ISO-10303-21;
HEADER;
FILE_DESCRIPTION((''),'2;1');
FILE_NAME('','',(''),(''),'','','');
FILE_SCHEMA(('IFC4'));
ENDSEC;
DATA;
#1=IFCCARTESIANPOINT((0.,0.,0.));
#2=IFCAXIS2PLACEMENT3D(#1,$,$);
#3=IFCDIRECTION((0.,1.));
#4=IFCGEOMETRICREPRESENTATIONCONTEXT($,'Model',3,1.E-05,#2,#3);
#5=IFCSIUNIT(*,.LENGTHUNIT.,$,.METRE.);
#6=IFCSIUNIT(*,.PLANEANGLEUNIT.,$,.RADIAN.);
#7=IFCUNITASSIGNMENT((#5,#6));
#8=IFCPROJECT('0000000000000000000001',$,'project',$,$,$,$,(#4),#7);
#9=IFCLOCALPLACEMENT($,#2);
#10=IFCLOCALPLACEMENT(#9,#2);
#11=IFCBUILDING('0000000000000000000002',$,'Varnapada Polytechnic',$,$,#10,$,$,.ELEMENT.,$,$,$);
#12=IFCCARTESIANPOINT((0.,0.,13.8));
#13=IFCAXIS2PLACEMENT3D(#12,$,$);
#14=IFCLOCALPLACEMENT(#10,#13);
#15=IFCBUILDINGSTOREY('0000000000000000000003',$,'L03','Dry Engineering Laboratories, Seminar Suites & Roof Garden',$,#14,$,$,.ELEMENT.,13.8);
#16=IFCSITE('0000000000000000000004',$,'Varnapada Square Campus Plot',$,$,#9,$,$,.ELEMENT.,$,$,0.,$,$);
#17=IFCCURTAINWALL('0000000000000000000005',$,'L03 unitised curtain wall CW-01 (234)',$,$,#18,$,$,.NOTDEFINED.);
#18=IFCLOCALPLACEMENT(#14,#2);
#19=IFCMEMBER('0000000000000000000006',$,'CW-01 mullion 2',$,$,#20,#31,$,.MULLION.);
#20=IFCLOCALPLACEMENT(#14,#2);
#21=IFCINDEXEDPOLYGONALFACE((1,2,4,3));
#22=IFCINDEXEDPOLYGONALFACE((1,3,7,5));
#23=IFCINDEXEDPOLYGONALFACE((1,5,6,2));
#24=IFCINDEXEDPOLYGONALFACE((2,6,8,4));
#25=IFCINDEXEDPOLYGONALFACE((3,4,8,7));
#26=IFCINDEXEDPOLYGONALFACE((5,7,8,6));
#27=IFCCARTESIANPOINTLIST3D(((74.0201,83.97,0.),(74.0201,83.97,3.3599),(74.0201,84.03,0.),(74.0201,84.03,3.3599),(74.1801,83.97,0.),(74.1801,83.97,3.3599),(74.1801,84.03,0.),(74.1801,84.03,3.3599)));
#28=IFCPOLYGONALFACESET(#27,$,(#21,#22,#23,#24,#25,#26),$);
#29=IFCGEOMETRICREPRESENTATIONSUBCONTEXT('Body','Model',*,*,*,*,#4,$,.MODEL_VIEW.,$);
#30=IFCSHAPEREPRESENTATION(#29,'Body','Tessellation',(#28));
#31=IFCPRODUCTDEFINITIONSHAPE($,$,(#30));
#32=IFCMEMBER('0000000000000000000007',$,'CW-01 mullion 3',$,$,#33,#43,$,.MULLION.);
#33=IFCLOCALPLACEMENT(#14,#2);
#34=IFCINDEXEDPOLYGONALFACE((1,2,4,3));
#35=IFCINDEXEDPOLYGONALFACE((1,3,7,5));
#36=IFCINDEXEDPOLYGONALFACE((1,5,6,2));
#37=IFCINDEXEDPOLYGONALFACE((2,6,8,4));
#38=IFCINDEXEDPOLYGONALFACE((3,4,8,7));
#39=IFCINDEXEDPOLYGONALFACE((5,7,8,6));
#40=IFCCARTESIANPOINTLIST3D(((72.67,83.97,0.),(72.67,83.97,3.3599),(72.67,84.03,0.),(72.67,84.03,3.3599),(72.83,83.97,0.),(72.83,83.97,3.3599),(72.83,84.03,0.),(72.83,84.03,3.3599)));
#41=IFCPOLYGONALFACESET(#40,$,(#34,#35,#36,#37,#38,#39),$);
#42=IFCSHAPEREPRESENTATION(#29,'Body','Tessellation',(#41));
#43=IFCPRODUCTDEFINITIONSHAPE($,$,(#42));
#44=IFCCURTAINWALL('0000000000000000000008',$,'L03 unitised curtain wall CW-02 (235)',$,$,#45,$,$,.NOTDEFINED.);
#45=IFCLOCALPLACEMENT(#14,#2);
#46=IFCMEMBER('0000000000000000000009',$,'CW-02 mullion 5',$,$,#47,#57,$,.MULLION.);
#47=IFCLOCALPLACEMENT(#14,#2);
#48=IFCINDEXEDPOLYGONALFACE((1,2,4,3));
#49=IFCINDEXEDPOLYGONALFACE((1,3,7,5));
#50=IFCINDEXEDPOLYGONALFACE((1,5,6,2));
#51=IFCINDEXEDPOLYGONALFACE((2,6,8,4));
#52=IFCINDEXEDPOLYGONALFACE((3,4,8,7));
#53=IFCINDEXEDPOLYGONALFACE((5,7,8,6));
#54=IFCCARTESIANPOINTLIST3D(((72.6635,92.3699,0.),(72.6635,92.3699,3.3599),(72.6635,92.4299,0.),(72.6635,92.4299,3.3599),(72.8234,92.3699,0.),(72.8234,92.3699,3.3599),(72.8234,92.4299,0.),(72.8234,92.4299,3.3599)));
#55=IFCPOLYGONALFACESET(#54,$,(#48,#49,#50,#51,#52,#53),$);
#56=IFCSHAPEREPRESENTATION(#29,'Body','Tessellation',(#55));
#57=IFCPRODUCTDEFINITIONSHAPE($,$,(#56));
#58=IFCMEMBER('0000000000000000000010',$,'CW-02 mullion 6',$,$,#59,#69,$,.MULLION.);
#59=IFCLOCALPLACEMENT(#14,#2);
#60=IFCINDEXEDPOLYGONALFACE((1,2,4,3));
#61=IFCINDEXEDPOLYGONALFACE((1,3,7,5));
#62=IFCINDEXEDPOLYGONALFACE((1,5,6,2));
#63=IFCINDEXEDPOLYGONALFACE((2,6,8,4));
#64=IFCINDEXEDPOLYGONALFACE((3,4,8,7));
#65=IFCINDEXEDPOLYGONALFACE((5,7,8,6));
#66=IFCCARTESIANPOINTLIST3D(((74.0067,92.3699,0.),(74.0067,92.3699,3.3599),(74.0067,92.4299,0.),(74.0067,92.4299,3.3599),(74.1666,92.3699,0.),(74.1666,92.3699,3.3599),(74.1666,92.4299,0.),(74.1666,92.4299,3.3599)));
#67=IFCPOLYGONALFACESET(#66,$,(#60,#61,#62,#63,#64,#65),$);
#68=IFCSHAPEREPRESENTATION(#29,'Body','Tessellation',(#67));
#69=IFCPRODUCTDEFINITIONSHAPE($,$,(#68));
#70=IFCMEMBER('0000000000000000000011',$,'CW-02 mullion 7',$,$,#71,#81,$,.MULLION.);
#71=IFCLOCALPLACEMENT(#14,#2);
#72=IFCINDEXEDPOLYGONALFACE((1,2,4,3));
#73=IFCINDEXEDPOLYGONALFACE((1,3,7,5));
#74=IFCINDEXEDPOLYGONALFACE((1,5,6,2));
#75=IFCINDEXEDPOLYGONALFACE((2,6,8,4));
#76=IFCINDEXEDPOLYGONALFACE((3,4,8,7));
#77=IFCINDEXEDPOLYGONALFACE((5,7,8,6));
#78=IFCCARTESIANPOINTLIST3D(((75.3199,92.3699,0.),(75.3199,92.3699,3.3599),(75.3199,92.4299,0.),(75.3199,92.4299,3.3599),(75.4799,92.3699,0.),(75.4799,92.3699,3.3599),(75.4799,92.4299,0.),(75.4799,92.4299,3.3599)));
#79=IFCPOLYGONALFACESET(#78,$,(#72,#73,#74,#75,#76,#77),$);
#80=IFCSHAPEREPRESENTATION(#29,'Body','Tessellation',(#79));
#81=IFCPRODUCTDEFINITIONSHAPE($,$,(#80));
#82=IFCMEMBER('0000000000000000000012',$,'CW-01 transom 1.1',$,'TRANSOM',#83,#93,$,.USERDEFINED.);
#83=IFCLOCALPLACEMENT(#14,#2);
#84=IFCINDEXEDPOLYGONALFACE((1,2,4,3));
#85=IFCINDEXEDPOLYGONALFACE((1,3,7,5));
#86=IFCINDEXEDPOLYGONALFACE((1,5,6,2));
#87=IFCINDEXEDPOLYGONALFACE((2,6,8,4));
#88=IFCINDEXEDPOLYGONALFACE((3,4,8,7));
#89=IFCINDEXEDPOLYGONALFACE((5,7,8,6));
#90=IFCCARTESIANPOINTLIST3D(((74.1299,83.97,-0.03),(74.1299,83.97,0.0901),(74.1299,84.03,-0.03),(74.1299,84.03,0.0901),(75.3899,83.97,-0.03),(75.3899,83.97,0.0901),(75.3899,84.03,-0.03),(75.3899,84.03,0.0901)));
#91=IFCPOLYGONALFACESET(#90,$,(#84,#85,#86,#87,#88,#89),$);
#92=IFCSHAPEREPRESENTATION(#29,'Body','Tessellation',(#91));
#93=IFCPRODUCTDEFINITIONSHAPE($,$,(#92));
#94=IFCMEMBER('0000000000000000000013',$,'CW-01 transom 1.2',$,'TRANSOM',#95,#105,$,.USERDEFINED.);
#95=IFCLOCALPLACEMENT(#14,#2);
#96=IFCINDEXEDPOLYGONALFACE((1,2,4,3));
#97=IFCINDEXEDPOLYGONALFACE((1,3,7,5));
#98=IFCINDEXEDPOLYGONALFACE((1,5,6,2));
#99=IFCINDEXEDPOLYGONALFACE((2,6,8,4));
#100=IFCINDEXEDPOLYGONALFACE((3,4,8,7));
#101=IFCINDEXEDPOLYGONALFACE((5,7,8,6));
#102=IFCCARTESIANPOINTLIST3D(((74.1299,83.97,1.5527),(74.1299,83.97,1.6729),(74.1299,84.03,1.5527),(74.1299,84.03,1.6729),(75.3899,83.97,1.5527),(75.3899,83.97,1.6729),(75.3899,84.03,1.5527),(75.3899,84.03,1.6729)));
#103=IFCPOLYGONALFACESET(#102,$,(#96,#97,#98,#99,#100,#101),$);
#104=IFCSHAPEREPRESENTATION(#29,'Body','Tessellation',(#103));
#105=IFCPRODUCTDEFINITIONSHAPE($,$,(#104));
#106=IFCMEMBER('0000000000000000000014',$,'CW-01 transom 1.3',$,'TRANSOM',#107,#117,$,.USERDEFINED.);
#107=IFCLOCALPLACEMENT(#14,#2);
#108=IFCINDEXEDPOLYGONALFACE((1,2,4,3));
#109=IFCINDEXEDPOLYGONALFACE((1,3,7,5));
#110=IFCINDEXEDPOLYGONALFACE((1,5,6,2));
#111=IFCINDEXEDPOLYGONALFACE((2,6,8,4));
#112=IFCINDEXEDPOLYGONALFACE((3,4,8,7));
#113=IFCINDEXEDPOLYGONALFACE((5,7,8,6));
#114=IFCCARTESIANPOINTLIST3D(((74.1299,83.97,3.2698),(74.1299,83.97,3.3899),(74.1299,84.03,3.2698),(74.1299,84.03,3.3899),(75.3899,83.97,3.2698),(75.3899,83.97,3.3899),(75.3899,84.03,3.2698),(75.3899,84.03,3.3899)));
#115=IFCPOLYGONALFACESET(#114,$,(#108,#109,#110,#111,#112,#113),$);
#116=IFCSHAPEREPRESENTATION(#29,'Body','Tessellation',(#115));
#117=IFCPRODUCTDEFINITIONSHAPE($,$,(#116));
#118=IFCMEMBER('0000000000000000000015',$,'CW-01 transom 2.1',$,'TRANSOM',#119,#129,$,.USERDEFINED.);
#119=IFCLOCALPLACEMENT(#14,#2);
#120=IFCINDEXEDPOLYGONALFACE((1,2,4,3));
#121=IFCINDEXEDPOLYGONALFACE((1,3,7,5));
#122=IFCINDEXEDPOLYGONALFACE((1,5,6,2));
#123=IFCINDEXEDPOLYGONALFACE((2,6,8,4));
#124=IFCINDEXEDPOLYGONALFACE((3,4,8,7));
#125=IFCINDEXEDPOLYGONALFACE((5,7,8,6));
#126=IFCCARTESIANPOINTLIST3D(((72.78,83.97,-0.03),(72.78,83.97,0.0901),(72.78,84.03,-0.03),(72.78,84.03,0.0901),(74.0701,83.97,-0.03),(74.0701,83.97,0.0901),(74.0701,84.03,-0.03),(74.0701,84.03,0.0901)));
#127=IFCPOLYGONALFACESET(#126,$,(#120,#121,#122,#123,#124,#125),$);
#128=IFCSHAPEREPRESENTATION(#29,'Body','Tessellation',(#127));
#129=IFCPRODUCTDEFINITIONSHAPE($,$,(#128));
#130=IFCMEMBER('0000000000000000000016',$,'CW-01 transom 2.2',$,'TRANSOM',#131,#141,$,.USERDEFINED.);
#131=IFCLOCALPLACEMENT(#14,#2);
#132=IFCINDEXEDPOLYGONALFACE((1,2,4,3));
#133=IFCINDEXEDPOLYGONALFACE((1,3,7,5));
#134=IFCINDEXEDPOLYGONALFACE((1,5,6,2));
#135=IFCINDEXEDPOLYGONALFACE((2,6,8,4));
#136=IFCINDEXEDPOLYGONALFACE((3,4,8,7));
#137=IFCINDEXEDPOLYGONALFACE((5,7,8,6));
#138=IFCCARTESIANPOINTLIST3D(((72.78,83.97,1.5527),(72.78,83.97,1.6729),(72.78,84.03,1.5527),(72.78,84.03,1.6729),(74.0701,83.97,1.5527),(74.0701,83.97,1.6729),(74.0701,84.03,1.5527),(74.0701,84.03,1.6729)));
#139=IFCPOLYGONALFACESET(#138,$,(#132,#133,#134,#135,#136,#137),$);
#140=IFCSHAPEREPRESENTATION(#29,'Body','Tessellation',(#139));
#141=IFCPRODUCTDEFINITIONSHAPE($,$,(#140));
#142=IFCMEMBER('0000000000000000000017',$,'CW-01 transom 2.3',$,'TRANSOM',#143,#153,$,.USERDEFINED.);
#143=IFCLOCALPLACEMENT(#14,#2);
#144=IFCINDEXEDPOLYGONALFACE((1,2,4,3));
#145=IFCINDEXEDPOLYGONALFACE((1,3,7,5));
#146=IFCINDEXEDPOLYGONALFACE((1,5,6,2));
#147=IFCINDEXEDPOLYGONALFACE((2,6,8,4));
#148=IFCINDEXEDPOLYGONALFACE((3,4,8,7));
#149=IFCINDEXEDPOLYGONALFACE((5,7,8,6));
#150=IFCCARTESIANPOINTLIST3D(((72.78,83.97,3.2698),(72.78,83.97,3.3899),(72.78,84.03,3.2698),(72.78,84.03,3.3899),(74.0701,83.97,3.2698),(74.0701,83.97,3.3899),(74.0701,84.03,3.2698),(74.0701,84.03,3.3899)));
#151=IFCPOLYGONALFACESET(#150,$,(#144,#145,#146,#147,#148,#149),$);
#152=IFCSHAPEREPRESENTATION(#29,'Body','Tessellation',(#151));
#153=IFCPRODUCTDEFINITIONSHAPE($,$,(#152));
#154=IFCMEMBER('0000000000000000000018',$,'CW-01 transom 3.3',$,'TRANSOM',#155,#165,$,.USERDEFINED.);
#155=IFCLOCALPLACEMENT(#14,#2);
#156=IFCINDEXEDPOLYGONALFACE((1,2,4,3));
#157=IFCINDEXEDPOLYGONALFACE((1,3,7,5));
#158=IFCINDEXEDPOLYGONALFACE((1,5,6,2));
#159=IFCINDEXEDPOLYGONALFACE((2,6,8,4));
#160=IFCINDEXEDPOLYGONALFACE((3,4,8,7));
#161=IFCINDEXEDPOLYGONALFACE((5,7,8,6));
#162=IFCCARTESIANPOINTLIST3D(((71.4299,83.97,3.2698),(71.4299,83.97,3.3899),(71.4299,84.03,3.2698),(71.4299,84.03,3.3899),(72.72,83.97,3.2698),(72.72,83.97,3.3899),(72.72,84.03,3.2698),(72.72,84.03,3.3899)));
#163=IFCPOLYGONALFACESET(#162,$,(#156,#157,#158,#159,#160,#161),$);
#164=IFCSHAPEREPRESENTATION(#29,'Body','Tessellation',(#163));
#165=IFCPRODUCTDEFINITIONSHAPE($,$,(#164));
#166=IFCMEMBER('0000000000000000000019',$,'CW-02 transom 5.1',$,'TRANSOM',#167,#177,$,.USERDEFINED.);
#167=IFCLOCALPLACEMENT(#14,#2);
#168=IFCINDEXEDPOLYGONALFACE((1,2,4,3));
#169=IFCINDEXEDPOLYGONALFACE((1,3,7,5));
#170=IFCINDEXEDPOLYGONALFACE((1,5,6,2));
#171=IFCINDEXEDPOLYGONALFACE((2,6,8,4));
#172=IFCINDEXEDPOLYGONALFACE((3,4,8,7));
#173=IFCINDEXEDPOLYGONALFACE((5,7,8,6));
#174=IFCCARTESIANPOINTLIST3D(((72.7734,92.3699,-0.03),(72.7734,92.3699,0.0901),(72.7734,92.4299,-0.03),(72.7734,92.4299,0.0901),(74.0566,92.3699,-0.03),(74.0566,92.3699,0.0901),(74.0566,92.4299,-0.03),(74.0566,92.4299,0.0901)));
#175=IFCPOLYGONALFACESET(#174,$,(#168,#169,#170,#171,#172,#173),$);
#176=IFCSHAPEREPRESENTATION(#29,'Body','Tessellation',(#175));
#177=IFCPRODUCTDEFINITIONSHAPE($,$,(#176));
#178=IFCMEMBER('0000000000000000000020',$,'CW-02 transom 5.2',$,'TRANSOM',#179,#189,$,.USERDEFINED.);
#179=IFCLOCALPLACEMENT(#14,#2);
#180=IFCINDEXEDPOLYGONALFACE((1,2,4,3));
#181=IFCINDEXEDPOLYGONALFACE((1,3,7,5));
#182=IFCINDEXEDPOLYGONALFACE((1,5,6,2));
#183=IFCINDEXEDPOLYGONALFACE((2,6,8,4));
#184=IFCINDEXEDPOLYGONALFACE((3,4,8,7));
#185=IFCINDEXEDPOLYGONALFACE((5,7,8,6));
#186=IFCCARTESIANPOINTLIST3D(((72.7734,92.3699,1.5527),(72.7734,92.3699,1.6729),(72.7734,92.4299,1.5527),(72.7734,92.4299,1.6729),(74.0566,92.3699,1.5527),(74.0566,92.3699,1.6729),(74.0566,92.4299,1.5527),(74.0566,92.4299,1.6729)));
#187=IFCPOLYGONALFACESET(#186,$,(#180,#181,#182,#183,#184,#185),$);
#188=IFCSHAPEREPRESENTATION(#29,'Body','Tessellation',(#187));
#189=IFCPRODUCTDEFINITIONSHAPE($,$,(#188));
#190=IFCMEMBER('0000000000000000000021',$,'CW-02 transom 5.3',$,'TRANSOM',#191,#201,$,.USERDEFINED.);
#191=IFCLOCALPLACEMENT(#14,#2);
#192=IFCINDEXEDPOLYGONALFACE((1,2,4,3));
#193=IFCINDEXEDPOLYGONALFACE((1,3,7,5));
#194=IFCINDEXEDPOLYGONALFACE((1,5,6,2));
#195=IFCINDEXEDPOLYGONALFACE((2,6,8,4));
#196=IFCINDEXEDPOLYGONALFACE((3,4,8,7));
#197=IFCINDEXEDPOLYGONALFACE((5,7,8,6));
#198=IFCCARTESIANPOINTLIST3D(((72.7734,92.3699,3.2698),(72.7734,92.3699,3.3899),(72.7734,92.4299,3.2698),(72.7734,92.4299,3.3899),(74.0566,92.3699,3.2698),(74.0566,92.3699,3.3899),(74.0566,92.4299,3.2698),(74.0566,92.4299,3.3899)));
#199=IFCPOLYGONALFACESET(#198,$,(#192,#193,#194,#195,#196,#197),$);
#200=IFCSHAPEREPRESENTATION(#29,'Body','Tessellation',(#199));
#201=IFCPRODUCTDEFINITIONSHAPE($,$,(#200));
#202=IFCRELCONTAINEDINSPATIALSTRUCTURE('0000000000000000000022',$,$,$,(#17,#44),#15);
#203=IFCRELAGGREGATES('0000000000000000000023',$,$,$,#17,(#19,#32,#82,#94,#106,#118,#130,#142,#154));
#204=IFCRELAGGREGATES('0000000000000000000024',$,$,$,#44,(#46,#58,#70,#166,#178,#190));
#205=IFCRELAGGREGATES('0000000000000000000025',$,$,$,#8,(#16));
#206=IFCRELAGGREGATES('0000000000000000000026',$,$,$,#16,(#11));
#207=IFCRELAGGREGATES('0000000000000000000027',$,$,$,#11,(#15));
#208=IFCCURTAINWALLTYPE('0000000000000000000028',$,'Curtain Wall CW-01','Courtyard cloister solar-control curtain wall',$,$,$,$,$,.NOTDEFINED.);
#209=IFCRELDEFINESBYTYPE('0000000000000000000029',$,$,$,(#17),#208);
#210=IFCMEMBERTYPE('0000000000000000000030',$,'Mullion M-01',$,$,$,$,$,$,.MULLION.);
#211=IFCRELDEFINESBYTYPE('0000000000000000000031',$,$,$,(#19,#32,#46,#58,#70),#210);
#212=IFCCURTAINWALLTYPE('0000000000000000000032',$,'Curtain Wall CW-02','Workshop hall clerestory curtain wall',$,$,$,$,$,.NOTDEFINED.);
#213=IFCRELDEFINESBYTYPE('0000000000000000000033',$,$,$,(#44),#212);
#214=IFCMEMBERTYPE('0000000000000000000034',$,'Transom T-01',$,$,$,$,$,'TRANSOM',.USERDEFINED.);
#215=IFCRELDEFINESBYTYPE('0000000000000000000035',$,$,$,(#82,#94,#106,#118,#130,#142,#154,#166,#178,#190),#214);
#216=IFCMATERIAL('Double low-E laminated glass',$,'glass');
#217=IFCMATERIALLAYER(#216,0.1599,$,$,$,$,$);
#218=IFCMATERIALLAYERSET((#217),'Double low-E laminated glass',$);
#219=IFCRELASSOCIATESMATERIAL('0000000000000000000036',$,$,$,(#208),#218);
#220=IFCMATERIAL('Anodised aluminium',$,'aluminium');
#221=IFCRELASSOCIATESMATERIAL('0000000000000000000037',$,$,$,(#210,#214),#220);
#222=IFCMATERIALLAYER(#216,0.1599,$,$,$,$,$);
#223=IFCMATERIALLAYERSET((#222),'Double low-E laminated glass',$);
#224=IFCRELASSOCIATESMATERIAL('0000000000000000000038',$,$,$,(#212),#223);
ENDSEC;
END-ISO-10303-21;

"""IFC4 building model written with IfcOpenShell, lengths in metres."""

from ifc_helpers import new_model, si_unit, direction, frame, origin, origin_2d, place, context, subcontext, project, spatial, rectangle, extrude, material, layer, layer_set, material_profile, profile_set, type_object, element, aggregate, save


model = new_model("IFC4")

# Units and contexts
model_context = context("Model", 3, precision=1e-05, world=origin(), true_north=direction((0.0, 1.0)))
body_context = subcontext(model_context, "Body", "Model", "MODEL_VIEW")
ifc_project = project(units=[si_unit("LENGTHUNIT", "METRE"), si_unit("PLANEANGLEUNIT", "RADIAN")], contexts=[model_context])

# Site, building, storey
site_placement = place(None, origin())
site = spatial("IfcSite", under=ifc_project, at=site_placement, Name="Varnapada Square Campus Plot", CompositionType="ELEMENT", RefElevation=0.0)
building_placement = place(site_placement, origin())
building = spatial("IfcBuilding", under=site, at=building_placement, Name="Varnapada Polytechnic", CompositionType="ELEMENT")
storey_placement = place(building_placement, frame((0.0, 0.0, 13.8)))
storey = spatial("IfcBuildingStorey", under=building, at=storey_placement, Name="L03", Description="Dry Engineering Laboratories, Seminar Suites & Roof Garden", CompositionType="ELEMENT", Elevation=13.8)

# Curtain walls, members
ifc_material_1 = material(Name="Double low-E laminated glass", Category="glass")
ifc_layer_1 = layer(ifc_material_1, 0.1599)
ifc_layer_set_1 = layer_set([ifc_layer_1], Name="Double low-E laminated glass")
curtain_wall_type_1 = type_object("IfcCurtainWallType", Name="Curtain Wall CW-01", Description="Courtyard cloister solar-control curtain wall", PredefinedType="NOTDEFINED", material=ifc_layer_set_1)
curtain_wall_1_placement = place(storey_placement, origin())
curtain_wall_1 = element("IfcCurtainWall", 1, at=curtain_wall_1_placement, inside=storey, type_object=curtain_wall_type_1, Name="L03 unitised curtain wall CW-01 (234)", PredefinedType="NOTDEFINED")
ifc_material_2 = material(Name="Anodised aluminium", Category="aluminium")
ifc_material_profile_1 = material_profile(ifc_material_2, rectangle(XDim=0.0601, YDim=0.1599, at=origin_2d()), Name="ALU M60x160")
ifc_profile_set_1 = profile_set([ifc_material_profile_1], Name="Anodised aluminium")
member_type_1 = type_object("IfcMemberType", Name="Mullion M-01", PredefinedType="MULLION", material=ifc_profile_set_1)
member_1_placement = place(storey_placement, frame((74.1001, 84.0, 0.0), z_axis=(0.0, 0.0, 1.0), x_axis=(0.0, -1.0, 0.0)))
member_1 = element("IfcMember", 2, at=member_1_placement, type_object=member_type_1, Name="CW-01 mullion 2", PredefinedType="MULLION", context=body_context, shape_type="SweptSolid", body=[
    extrude(rectangle(XDim=0.0601, YDim=0.1599, at=origin_2d()), origin(), (0.0, 0.0, 1.0), 3.3599),
])
member_2_placement = place(storey_placement, frame((72.75, 84.0, 0.0), z_axis=(0.0, 0.0, 1.0), x_axis=(0.0, -1.0, 0.0)))
member_2 = element("IfcMember", 3, at=member_2_placement, type_object=member_type_1, Name="CW-01 mullion 3", PredefinedType="MULLION", context=body_context, shape_type="SweptSolid", body=[
    extrude(rectangle(XDim=0.0601, YDim=0.1599, at=origin_2d()), origin(), (0.0, 0.0, 1.0), 3.3599),
])
ifc_layer_2 = layer(ifc_material_1, 0.1599)
ifc_layer_set_2 = layer_set([ifc_layer_2], Name="Double low-E laminated glass")
curtain_wall_type_2 = type_object("IfcCurtainWallType", Name="Curtain Wall CW-02", Description="Workshop hall clerestory curtain wall", PredefinedType="NOTDEFINED", material=ifc_layer_set_2)
curtain_wall_2_placement = place(storey_placement, origin())
curtain_wall_2 = element("IfcCurtainWall", 4, at=curtain_wall_2_placement, inside=storey, type_object=curtain_wall_type_2, Name="L03 unitised curtain wall CW-02 (235)", PredefinedType="NOTDEFINED")
member_3_placement = place(storey_placement, frame((72.7434, 92.3999, 0.0), z_axis=(0.0, 0.0, 1.0), x_axis=(0.0, 1.0, 0.0)))
member_3 = element("IfcMember", 5, at=member_3_placement, type_object=member_type_1, Name="CW-02 mullion 5", PredefinedType="MULLION", context=body_context, shape_type="SweptSolid", body=[
    extrude(rectangle(XDim=0.0601, YDim=0.1599, at=origin_2d()), origin(), (0.0, 0.0, 1.0), 3.3599),
])
member_4_placement = place(storey_placement, frame((74.0867, 92.3999, 0.0), z_axis=(0.0, 0.0, 1.0), x_axis=(0.0, 1.0, 0.0)))
member_4 = element("IfcMember", 6, at=member_4_placement, type_object=member_type_1, Name="CW-02 mullion 6", PredefinedType="MULLION", context=body_context, shape_type="SweptSolid", body=[
    extrude(rectangle(XDim=0.0601, YDim=0.1599, at=origin_2d()), origin(), (0.0, 0.0, 1.0), 3.3599),
])
member_5_placement = place(storey_placement, frame((75.3999, 92.3999, 0.0), z_axis=(0.0, 0.0, 1.0), x_axis=(0.0, 1.0, 0.0)))
member_5 = element("IfcMember", 7, at=member_5_placement, type_object=member_type_1, Name="CW-02 mullion 7", PredefinedType="MULLION", context=body_context, shape_type="SweptSolid", body=[
    extrude(rectangle(XDim=0.0601, YDim=0.1599, at=origin_2d()), origin(), (0.0, 0.0, 1.0), 3.3599),
])

# Members
ifc_material_profile_2 = material_profile(ifc_material_2, rectangle(XDim=0.0601, YDim=0.1201, at=origin_2d()), Name="ALU T60x120")
ifc_profile_set_2 = profile_set([ifc_material_profile_2], Name="Anodised aluminium")
member_type_2 = type_object("IfcMemberType", Name="Transom T-01", ElementType="TRANSOM", PredefinedType="USERDEFINED", material=ifc_profile_set_2)
member_6_placement = place(storey_placement, frame((75.3899, 84.0, 0.03), z_axis=(-1.0, 0.0, 0.0), x_axis=(0.0, -1.0, 0.0)))
member_6 = element("IfcMember", 8, at=member_6_placement, type_object=member_type_2, Name="CW-01 transom 1.1", ObjectType="TRANSOM", PredefinedType="USERDEFINED", context=body_context, shape_type="SweptSolid", body=[
    extrude(rectangle(XDim=0.0601, YDim=0.1201, at=origin_2d()), origin(), (0.0, 0.0, 1.0), 1.26),
])
member_7_placement = place(storey_placement, frame((75.3899, 84.0, 1.6128), z_axis=(-1.0, 0.0, 0.0), x_axis=(0.0, -1.0, 0.0)))
member_7 = element("IfcMember", 9, at=member_7_placement, type_object=member_type_2, Name="CW-01 transom 1.2", ObjectType="TRANSOM", PredefinedType="USERDEFINED", context=body_context, shape_type="SweptSolid", body=[
    extrude(rectangle(XDim=0.0601, YDim=0.1201, at=origin_2d()), origin(), (0.0, 0.0, 1.0), 1.26),
])
member_8_placement = place(storey_placement, frame((75.3899, 84.0, 3.3298), z_axis=(-1.0, 0.0, 0.0), x_axis=(0.0, -1.0, 0.0)))
member_8 = element("IfcMember", 10, at=member_8_placement, type_object=member_type_2, Name="CW-01 transom 1.3", ObjectType="TRANSOM", PredefinedType="USERDEFINED", context=body_context, shape_type="SweptSolid", body=[
    extrude(rectangle(XDim=0.0601, YDim=0.1201, at=origin_2d()), origin(), (0.0, 0.0, 1.0), 1.26),
])
member_9_placement = place(storey_placement, frame((74.0701, 84.0, 0.03), z_axis=(-1.0, 0.0, 0.0), x_axis=(0.0, -1.0, 0.0)))
member_9 = element("IfcMember", 11, at=member_9_placement, type_object=member_type_2, Name="CW-01 transom 2.1", ObjectType="TRANSOM", PredefinedType="USERDEFINED", context=body_context, shape_type="SweptSolid", body=[
    extrude(rectangle(XDim=0.0601, YDim=0.1201, at=origin_2d()), origin(), (0.0, 0.0, 1.0), 1.29),
])
member_10_placement = place(storey_placement, frame((74.0701, 84.0, 1.6128), z_axis=(-1.0, 0.0, 0.0), x_axis=(0.0, -1.0, 0.0)))
member_10 = element("IfcMember", 12, at=member_10_placement, type_object=member_type_2, Name="CW-01 transom 2.2", ObjectType="TRANSOM", PredefinedType="USERDEFINED", context=body_context, shape_type="SweptSolid", body=[
    extrude(rectangle(XDim=0.0601, YDim=0.1201, at=origin_2d()), origin(), (0.0, 0.0, 1.0), 1.29),
])
member_11_placement = place(storey_placement, frame((74.0701, 84.0, 3.3298), z_axis=(-1.0, 0.0, 0.0), x_axis=(0.0, -1.0, 0.0)))
member_11 = element("IfcMember", 13, at=member_11_placement, type_object=member_type_2, Name="CW-01 transom 2.3", ObjectType="TRANSOM", PredefinedType="USERDEFINED", context=body_context, shape_type="SweptSolid", body=[
    extrude(rectangle(XDim=0.0601, YDim=0.1201, at=origin_2d()), origin(), (0.0, 0.0, 1.0), 1.29),
])
member_12_placement = place(storey_placement, frame((72.72, 84.0, 3.3298), z_axis=(-1.0, 0.0, 0.0), x_axis=(0.0, -1.0, 0.0)))
member_12 = element("IfcMember", 14, at=member_12_placement, type_object=member_type_2, Name="CW-01 transom 3.3", ObjectType="TRANSOM", PredefinedType="USERDEFINED", context=body_context, shape_type="SweptSolid", body=[
    extrude(rectangle(XDim=0.0601, YDim=0.1201, at=origin_2d()), origin(), (0.0, 0.0, 1.0), 1.29),
])
member_13_placement = place(storey_placement, frame((72.7734, 92.3999, 0.03), z_axis=(1.0, 0.0, 0.0), x_axis=(0.0, 1.0, 0.0)))
member_13 = element("IfcMember", 15, at=member_13_placement, type_object=member_type_2, Name="CW-02 transom 5.1", ObjectType="TRANSOM", PredefinedType="USERDEFINED", context=body_context, shape_type="SweptSolid", body=[
    extrude(rectangle(XDim=0.0601, YDim=0.1201, at=origin_2d()), origin(), (0.0, 0.0, 1.0), 1.2832),
])
member_14_placement = place(storey_placement, frame((72.7734, 92.3999, 1.6128), z_axis=(1.0, 0.0, 0.0), x_axis=(0.0, 1.0, 0.0)))
member_14 = element("IfcMember", 16, at=member_14_placement, type_object=member_type_2, Name="CW-02 transom 5.2", ObjectType="TRANSOM", PredefinedType="USERDEFINED", context=body_context, shape_type="SweptSolid", body=[
    extrude(rectangle(XDim=0.0601, YDim=0.1201, at=origin_2d()), origin(), (0.0, 0.0, 1.0), 1.2832),
])
member_15_placement = place(storey_placement, frame((72.7734, 92.3999, 3.3298), z_axis=(1.0, 0.0, 0.0), x_axis=(0.0, 1.0, 0.0)))
member_15 = element("IfcMember", 17, at=member_15_placement, type_object=member_type_2, Name="CW-02 transom 5.3", ObjectType="TRANSOM", PredefinedType="USERDEFINED", context=body_context, shape_type="SweptSolid", body=[
    extrude(rectangle(XDim=0.0601, YDim=0.1201, at=origin_2d()), origin(), (0.0, 0.0, 1.0), 1.2832),
])

aggregate(curtain_wall_1, [member_1, member_2, member_6, member_7, member_8, member_9, member_10, member_11, member_12])
aggregate(curtain_wall_2, [member_3, member_4, member_5, member_13, member_14, member_15])

save(model, "model.ifc")
